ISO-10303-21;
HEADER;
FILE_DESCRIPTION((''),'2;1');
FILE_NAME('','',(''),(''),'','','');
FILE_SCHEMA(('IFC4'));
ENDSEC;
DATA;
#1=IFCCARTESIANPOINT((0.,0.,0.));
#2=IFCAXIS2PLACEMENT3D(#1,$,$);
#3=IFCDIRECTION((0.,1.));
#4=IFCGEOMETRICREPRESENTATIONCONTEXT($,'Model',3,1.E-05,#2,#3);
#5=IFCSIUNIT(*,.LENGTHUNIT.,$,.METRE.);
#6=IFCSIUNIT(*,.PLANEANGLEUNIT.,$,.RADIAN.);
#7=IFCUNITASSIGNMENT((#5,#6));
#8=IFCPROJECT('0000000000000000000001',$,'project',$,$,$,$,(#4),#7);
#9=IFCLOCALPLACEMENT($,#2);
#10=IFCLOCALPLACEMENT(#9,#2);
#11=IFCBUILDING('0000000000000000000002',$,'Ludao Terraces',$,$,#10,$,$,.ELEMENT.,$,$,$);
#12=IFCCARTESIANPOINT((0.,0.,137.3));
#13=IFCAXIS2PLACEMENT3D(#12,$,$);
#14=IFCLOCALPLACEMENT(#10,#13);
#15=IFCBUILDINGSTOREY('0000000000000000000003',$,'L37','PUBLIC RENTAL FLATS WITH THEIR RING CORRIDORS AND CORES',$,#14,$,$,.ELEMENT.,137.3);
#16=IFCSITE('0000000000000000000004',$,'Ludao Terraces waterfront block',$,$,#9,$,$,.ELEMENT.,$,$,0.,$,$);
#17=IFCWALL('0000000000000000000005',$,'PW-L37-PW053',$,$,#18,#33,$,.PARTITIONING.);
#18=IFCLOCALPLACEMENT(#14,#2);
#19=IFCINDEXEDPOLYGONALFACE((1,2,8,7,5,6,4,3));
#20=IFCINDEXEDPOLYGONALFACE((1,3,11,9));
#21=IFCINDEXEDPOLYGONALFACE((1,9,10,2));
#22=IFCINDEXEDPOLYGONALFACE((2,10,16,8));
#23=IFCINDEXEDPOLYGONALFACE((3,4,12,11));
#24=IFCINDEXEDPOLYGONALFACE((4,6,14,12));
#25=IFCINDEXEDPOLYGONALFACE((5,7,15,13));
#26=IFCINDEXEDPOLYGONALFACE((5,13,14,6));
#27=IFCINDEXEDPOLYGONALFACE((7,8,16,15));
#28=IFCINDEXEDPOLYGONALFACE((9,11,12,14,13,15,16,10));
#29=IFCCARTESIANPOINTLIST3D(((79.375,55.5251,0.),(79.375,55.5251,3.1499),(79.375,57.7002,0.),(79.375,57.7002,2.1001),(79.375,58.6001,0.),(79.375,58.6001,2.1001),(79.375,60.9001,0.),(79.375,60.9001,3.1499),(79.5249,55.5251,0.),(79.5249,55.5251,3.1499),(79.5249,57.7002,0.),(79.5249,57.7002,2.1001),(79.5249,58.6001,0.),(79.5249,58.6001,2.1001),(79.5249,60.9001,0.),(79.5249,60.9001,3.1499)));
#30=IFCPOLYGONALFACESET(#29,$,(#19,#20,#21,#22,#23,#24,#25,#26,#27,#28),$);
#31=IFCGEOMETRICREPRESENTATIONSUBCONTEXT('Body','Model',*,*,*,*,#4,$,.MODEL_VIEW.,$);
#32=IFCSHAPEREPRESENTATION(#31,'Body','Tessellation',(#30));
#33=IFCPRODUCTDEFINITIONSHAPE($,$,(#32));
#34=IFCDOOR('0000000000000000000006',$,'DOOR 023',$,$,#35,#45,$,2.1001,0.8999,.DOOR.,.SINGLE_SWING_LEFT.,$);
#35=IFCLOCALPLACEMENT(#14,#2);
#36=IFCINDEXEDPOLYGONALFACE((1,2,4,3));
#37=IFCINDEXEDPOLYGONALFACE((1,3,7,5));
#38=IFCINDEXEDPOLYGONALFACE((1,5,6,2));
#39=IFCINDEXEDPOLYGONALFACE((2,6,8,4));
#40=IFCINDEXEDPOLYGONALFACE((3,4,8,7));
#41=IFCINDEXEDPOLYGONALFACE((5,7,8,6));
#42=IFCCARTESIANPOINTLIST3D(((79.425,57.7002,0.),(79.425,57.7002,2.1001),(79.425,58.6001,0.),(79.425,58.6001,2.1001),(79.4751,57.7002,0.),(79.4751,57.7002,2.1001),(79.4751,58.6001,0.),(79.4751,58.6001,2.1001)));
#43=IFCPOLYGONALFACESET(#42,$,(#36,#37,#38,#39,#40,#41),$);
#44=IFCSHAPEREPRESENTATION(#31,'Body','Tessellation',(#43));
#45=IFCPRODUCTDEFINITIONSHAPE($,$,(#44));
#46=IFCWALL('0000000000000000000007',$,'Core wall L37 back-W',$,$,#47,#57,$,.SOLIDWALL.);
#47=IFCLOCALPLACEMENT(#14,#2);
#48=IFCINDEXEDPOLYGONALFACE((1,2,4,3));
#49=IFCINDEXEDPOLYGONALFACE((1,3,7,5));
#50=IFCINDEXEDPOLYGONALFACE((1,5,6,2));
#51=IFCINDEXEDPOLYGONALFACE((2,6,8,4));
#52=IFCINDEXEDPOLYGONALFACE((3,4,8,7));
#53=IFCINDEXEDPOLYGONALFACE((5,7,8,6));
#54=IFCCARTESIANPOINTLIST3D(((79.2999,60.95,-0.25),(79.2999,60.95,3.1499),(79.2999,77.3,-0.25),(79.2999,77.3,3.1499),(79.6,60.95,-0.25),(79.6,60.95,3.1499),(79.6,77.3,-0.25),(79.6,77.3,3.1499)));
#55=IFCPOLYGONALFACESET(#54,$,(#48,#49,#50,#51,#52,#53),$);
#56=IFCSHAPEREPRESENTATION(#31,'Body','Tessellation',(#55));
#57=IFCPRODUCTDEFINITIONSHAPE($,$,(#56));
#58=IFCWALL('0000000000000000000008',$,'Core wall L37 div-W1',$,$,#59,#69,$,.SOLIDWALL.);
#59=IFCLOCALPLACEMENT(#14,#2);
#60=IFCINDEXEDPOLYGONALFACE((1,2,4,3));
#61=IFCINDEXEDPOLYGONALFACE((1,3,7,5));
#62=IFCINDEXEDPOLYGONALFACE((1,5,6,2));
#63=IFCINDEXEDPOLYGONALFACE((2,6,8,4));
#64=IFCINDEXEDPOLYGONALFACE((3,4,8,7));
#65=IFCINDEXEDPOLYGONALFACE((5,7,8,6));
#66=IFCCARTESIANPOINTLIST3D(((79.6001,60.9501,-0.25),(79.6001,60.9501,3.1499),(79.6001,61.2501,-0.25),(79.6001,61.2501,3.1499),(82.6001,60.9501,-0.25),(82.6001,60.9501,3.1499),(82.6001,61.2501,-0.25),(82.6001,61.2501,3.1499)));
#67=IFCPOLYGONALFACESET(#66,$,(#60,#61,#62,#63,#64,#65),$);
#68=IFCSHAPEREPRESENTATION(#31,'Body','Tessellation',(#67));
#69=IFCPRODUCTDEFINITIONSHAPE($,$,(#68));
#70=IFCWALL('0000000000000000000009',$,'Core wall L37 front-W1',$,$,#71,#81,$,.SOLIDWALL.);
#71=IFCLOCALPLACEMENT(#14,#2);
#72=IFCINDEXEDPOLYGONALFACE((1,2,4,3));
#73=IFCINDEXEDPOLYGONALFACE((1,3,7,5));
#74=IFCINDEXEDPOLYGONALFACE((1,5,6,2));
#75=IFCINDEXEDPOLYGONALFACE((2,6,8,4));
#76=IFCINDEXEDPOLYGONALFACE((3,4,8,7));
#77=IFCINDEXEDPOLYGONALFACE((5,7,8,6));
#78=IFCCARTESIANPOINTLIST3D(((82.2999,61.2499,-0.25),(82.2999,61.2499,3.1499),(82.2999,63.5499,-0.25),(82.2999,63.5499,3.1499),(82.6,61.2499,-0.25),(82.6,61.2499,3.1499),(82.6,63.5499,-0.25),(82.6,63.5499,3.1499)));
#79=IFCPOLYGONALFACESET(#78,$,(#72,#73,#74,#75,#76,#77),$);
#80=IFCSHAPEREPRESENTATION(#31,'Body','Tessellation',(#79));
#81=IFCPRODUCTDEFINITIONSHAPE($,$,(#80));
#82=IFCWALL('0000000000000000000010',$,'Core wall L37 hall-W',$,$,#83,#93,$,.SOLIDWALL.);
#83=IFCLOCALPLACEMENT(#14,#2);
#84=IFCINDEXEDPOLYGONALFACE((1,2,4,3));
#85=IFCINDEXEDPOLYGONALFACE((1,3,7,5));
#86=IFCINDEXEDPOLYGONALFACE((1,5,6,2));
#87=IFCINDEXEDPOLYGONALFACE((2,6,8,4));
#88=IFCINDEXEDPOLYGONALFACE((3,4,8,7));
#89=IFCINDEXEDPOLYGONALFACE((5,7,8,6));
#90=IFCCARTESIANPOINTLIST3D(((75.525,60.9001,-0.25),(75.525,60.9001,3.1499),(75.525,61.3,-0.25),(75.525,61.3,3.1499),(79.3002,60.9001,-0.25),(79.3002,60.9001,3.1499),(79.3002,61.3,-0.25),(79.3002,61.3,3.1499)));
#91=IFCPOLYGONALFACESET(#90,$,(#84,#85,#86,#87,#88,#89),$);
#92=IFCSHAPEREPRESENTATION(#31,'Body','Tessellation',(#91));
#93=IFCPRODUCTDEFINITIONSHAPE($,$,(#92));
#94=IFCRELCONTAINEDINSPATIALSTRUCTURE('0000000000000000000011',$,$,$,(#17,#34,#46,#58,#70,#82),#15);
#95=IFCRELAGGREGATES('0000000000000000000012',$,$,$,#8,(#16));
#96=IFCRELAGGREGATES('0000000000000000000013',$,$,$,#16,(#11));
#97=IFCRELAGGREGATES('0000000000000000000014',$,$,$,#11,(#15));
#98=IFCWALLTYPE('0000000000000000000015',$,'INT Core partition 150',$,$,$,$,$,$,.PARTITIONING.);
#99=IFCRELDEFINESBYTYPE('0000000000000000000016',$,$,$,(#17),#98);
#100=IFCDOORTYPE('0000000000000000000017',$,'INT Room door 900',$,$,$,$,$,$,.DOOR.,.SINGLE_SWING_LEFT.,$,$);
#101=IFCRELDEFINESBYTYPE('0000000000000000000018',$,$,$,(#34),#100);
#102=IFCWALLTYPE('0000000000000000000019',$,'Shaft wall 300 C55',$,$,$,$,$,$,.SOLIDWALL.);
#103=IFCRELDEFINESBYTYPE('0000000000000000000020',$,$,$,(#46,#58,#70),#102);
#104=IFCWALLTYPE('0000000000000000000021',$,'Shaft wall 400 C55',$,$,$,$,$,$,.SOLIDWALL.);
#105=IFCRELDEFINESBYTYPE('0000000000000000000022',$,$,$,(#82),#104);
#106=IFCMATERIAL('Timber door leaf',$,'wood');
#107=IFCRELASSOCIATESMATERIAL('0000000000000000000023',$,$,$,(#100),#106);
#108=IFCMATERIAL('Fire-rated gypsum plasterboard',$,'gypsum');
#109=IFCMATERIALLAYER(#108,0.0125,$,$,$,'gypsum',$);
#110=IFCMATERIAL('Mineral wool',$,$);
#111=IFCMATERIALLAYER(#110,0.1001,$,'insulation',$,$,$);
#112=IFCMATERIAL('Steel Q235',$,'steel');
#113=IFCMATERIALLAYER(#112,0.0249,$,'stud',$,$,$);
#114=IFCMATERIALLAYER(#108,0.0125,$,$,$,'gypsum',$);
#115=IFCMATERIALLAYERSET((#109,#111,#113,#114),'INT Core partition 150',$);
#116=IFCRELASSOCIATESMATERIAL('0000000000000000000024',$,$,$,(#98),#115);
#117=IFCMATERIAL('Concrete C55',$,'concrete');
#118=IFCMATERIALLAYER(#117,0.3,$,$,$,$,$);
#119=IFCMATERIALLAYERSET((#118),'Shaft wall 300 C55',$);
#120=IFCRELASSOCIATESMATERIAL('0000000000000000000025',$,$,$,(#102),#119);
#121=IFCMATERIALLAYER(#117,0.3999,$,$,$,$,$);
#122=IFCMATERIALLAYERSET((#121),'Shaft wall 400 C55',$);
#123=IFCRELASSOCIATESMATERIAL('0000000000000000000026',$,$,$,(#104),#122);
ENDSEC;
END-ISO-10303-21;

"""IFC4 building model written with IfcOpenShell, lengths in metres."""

from ifc_helpers import new_model, si_unit, direction, frame, frame_2d, origin, place, context, subcontext, project, spatial, rectangle, extrude, material, layer, layer_set, type_object, element, fill, save


model = new_model("IFC4")

# Units and contexts
model_context = context("Model", 3, precision=1e-05, world=origin(), true_north=direction((0.0, 1.0)))
body_context = subcontext(model_context, "Body", "Model", "MODEL_VIEW")
ifc_project = project(units=[si_unit("LENGTHUNIT", "METRE"), si_unit("PLANEANGLEUNIT", "RADIAN")], contexts=[model_context])

# Site, building, storey
site_placement = place(None, origin())
site = spatial("IfcSite", under=ifc_project, at=site_placement, Name="Ludao Terraces waterfront block", CompositionType="ELEMENT", RefElevation=0.0)
building_placement = place(site_placement, origin())
building = spatial("IfcBuilding", under=site, at=building_placement, Name="Ludao Terraces", CompositionType="ELEMENT")
storey_placement = place(building_placement, frame((0.0, 0.0, 137.3)))
storey = spatial("IfcBuildingStorey", under=building, at=storey_placement, Name="L37", Description="PUBLIC RENTAL FLATS WITH THEIR RING CORRIDORS AND CORES", CompositionType="ELEMENT", Elevation=137.3)

# Shared definitions
ifc_material_1 = material(Name="Steel Q235", Category="steel")
ifc_material_2 = material(Name="Timber door leaf", Category="wood")
door_type_1 = type_object("IfcDoorType", Name="INT Room door 900", OperationType="SINGLE_SWING_LEFT", PredefinedType="DOOR", material=ifc_material_2)

# Wall, opening, door
ifc_material_3 = material(Name="Fire-rated gypsum plasterboard", Category="gypsum")
ifc_layer_1 = layer(ifc_material_3, 0.0125, Category="gypsum")
ifc_material_4 = material(Name="Mineral wool")
ifc_layer_2 = layer(ifc_material_4, 0.1001, Name="insulation")
ifc_layer_3 = layer(ifc_material_1, 0.0249, Name="stud")
ifc_layer_4 = layer(ifc_material_3, 0.0125, Category="gypsum")
ifc_layer_set_1 = layer_set([ifc_layer_1, ifc_layer_2, ifc_layer_3, ifc_layer_4], Name="INT Core partition 150")
wall_type_1 = type_object("IfcWallType", Name="INT Core partition 150", PredefinedType="PARTITIONING", material=ifc_layer_set_1)
wall_1_placement = place(storey_placement, frame((79.45, 55.5251, 0.0), z_axis=(0.0, 0.0, 1.0), x_axis=(0.0, 1.0, 0.0)))
wall_1 = element("IfcWall", 1, at=wall_1_placement, inside=storey, type_object=wall_type_1, Name="PW-L37-PW053", PredefinedType="PARTITIONING", context=body_context, shape_type="SweptSolid", body=[
    extrude(rectangle(XDim=5.375, YDim=0.1499, at=frame_2d((2.6875, 0.0))), origin(), (0.0, 0.0, 1.0), 3.1499),
])
opening_1_placement = place(wall_1_placement, frame((2.175, 0.0, 0.0)))
opening_1 = element("IfcOpeningElement", 2, at=opening_1_placement, cuts=wall_1, PredefinedType="OPENING", context=body_context, shape_type="SweptSolid", body=[
    extrude(rectangle(XDim=0.8999, YDim=2.1001, at=frame_2d((0.45, 1.05))), frame((0.0, 0.085, 0.0), z_axis=(0.0, -1.0, 0.0), x_axis=(1.0, 0.0, 0.0)), (0.0, 0.0, 1.0), 0.1699),
])
door_1_placement = place(opening_1_placement, origin())
door_1 = element("IfcDoor", 3, at=door_1_placement, inside=storey, type_object=door_type_1, Name="DOOR 023", OperationType="SINGLE_SWING_LEFT", OverallHeight=2.1001, OverallWidth=0.8999, PredefinedType="DOOR", context=body_context, shape_type="SweptSolid", body=[
    extrude(rectangle(XDim=0.8999, YDim=2.1001, at=frame_2d((0.45, 1.05))), frame((0.0, 0.0249, 0.0), z_axis=(0.0, -1.0, 0.0), x_axis=(1.0, 0.0, 0.0)), (0.0, 0.0, 1.0), 0.05),
])
fill(opening_1, door_1)

# Walls
ifc_material_5 = material(Name="Concrete C55", Category="concrete")
ifc_layer_5 = layer(ifc_material_5, 0.3)
ifc_layer_set_2 = layer_set([ifc_layer_5], Name="Shaft wall 300 C55")
wall_type_2 = type_object("IfcWallType", Name="Shaft wall 300 C55", PredefinedType="SOLIDWALL", material=ifc_layer_set_2)
wall_2_placement = place(storey_placement, frame((79.45, 60.95, -0.25), z_axis=(0.0, 0.0, 1.0), x_axis=(0.0, 1.0, 0.0)))
element("IfcWall", 4, at=wall_2_placement, inside=storey, type_object=wall_type_2, Name="Core wall L37 back-W", PredefinedType="SOLIDWALL", context=body_context, shape_type="SweptSolid", body=[
    extrude(rectangle(XDim=16.3501, YDim=0.3, at=frame_2d((8.175, 0.0))), origin(), (0.0, 0.0, 1.0), 3.3999),
])
wall_3_placement = place(storey_placement, frame((79.6001, 61.1001, -0.25), z_axis=(0.0, 0.0, 1.0), x_axis=(1.0, 0.0, 0.0)))
element("IfcWall", 5, at=wall_3_placement, inside=storey, type_object=wall_type_2, Name="Core wall L37 div-W1", PredefinedType="SOLIDWALL", context=body_context, shape_type="SweptSolid", body=[
    extrude(rectangle(XDim=3.0, YDim=0.3, at=frame_2d((1.5, 0.0))), origin(), (0.0, 0.0, 1.0), 3.3999),
])
wall_4_placement = place(storey_placement, frame((82.45, 61.25, -0.25), z_axis=(0.0, 0.0, 1.0), x_axis=(0.0, 1.0, 0.0)))
element("IfcWall", 6, at=wall_4_placement, inside=storey, type_object=wall_type_2, Name="Core wall L37 front-W1", PredefinedType="SOLIDWALL", context=body_context, shape_type="SweptSolid", body=[
    extrude(rectangle(XDim=2.3, YDim=0.3, at=frame_2d((1.1499, 0.0))), origin(), (0.0, 0.0, 1.0), 3.3999),
])
ifc_layer_6 = layer(ifc_material_5, 0.3999)
ifc_layer_set_3 = layer_set([ifc_layer_6], Name="Shaft wall 400 C55")
wall_type_3 = type_object("IfcWallType", Name="Shaft wall 400 C55", PredefinedType="SOLIDWALL", material=ifc_layer_set_3)
wall_5_placement = place(storey_placement, frame((75.5249, 61.1001, -0.25), z_axis=(0.0, 0.0, 1.0), x_axis=(1.0, 0.0, 0.0)))
element("IfcWall", 7, at=wall_5_placement, inside=storey, type_object=wall_type_3, Name="Core wall L37 hall-W", PredefinedType="SOLIDWALL", context=body_context, shape_type="SweptSolid", body=[
    extrude(rectangle(XDim=3.7751, YDim=0.3999, at=frame_2d((1.8877, 0.0))), origin(), (0.0, 0.0, 1.0), 3.3999),
])

save(model, "model.ifc")
